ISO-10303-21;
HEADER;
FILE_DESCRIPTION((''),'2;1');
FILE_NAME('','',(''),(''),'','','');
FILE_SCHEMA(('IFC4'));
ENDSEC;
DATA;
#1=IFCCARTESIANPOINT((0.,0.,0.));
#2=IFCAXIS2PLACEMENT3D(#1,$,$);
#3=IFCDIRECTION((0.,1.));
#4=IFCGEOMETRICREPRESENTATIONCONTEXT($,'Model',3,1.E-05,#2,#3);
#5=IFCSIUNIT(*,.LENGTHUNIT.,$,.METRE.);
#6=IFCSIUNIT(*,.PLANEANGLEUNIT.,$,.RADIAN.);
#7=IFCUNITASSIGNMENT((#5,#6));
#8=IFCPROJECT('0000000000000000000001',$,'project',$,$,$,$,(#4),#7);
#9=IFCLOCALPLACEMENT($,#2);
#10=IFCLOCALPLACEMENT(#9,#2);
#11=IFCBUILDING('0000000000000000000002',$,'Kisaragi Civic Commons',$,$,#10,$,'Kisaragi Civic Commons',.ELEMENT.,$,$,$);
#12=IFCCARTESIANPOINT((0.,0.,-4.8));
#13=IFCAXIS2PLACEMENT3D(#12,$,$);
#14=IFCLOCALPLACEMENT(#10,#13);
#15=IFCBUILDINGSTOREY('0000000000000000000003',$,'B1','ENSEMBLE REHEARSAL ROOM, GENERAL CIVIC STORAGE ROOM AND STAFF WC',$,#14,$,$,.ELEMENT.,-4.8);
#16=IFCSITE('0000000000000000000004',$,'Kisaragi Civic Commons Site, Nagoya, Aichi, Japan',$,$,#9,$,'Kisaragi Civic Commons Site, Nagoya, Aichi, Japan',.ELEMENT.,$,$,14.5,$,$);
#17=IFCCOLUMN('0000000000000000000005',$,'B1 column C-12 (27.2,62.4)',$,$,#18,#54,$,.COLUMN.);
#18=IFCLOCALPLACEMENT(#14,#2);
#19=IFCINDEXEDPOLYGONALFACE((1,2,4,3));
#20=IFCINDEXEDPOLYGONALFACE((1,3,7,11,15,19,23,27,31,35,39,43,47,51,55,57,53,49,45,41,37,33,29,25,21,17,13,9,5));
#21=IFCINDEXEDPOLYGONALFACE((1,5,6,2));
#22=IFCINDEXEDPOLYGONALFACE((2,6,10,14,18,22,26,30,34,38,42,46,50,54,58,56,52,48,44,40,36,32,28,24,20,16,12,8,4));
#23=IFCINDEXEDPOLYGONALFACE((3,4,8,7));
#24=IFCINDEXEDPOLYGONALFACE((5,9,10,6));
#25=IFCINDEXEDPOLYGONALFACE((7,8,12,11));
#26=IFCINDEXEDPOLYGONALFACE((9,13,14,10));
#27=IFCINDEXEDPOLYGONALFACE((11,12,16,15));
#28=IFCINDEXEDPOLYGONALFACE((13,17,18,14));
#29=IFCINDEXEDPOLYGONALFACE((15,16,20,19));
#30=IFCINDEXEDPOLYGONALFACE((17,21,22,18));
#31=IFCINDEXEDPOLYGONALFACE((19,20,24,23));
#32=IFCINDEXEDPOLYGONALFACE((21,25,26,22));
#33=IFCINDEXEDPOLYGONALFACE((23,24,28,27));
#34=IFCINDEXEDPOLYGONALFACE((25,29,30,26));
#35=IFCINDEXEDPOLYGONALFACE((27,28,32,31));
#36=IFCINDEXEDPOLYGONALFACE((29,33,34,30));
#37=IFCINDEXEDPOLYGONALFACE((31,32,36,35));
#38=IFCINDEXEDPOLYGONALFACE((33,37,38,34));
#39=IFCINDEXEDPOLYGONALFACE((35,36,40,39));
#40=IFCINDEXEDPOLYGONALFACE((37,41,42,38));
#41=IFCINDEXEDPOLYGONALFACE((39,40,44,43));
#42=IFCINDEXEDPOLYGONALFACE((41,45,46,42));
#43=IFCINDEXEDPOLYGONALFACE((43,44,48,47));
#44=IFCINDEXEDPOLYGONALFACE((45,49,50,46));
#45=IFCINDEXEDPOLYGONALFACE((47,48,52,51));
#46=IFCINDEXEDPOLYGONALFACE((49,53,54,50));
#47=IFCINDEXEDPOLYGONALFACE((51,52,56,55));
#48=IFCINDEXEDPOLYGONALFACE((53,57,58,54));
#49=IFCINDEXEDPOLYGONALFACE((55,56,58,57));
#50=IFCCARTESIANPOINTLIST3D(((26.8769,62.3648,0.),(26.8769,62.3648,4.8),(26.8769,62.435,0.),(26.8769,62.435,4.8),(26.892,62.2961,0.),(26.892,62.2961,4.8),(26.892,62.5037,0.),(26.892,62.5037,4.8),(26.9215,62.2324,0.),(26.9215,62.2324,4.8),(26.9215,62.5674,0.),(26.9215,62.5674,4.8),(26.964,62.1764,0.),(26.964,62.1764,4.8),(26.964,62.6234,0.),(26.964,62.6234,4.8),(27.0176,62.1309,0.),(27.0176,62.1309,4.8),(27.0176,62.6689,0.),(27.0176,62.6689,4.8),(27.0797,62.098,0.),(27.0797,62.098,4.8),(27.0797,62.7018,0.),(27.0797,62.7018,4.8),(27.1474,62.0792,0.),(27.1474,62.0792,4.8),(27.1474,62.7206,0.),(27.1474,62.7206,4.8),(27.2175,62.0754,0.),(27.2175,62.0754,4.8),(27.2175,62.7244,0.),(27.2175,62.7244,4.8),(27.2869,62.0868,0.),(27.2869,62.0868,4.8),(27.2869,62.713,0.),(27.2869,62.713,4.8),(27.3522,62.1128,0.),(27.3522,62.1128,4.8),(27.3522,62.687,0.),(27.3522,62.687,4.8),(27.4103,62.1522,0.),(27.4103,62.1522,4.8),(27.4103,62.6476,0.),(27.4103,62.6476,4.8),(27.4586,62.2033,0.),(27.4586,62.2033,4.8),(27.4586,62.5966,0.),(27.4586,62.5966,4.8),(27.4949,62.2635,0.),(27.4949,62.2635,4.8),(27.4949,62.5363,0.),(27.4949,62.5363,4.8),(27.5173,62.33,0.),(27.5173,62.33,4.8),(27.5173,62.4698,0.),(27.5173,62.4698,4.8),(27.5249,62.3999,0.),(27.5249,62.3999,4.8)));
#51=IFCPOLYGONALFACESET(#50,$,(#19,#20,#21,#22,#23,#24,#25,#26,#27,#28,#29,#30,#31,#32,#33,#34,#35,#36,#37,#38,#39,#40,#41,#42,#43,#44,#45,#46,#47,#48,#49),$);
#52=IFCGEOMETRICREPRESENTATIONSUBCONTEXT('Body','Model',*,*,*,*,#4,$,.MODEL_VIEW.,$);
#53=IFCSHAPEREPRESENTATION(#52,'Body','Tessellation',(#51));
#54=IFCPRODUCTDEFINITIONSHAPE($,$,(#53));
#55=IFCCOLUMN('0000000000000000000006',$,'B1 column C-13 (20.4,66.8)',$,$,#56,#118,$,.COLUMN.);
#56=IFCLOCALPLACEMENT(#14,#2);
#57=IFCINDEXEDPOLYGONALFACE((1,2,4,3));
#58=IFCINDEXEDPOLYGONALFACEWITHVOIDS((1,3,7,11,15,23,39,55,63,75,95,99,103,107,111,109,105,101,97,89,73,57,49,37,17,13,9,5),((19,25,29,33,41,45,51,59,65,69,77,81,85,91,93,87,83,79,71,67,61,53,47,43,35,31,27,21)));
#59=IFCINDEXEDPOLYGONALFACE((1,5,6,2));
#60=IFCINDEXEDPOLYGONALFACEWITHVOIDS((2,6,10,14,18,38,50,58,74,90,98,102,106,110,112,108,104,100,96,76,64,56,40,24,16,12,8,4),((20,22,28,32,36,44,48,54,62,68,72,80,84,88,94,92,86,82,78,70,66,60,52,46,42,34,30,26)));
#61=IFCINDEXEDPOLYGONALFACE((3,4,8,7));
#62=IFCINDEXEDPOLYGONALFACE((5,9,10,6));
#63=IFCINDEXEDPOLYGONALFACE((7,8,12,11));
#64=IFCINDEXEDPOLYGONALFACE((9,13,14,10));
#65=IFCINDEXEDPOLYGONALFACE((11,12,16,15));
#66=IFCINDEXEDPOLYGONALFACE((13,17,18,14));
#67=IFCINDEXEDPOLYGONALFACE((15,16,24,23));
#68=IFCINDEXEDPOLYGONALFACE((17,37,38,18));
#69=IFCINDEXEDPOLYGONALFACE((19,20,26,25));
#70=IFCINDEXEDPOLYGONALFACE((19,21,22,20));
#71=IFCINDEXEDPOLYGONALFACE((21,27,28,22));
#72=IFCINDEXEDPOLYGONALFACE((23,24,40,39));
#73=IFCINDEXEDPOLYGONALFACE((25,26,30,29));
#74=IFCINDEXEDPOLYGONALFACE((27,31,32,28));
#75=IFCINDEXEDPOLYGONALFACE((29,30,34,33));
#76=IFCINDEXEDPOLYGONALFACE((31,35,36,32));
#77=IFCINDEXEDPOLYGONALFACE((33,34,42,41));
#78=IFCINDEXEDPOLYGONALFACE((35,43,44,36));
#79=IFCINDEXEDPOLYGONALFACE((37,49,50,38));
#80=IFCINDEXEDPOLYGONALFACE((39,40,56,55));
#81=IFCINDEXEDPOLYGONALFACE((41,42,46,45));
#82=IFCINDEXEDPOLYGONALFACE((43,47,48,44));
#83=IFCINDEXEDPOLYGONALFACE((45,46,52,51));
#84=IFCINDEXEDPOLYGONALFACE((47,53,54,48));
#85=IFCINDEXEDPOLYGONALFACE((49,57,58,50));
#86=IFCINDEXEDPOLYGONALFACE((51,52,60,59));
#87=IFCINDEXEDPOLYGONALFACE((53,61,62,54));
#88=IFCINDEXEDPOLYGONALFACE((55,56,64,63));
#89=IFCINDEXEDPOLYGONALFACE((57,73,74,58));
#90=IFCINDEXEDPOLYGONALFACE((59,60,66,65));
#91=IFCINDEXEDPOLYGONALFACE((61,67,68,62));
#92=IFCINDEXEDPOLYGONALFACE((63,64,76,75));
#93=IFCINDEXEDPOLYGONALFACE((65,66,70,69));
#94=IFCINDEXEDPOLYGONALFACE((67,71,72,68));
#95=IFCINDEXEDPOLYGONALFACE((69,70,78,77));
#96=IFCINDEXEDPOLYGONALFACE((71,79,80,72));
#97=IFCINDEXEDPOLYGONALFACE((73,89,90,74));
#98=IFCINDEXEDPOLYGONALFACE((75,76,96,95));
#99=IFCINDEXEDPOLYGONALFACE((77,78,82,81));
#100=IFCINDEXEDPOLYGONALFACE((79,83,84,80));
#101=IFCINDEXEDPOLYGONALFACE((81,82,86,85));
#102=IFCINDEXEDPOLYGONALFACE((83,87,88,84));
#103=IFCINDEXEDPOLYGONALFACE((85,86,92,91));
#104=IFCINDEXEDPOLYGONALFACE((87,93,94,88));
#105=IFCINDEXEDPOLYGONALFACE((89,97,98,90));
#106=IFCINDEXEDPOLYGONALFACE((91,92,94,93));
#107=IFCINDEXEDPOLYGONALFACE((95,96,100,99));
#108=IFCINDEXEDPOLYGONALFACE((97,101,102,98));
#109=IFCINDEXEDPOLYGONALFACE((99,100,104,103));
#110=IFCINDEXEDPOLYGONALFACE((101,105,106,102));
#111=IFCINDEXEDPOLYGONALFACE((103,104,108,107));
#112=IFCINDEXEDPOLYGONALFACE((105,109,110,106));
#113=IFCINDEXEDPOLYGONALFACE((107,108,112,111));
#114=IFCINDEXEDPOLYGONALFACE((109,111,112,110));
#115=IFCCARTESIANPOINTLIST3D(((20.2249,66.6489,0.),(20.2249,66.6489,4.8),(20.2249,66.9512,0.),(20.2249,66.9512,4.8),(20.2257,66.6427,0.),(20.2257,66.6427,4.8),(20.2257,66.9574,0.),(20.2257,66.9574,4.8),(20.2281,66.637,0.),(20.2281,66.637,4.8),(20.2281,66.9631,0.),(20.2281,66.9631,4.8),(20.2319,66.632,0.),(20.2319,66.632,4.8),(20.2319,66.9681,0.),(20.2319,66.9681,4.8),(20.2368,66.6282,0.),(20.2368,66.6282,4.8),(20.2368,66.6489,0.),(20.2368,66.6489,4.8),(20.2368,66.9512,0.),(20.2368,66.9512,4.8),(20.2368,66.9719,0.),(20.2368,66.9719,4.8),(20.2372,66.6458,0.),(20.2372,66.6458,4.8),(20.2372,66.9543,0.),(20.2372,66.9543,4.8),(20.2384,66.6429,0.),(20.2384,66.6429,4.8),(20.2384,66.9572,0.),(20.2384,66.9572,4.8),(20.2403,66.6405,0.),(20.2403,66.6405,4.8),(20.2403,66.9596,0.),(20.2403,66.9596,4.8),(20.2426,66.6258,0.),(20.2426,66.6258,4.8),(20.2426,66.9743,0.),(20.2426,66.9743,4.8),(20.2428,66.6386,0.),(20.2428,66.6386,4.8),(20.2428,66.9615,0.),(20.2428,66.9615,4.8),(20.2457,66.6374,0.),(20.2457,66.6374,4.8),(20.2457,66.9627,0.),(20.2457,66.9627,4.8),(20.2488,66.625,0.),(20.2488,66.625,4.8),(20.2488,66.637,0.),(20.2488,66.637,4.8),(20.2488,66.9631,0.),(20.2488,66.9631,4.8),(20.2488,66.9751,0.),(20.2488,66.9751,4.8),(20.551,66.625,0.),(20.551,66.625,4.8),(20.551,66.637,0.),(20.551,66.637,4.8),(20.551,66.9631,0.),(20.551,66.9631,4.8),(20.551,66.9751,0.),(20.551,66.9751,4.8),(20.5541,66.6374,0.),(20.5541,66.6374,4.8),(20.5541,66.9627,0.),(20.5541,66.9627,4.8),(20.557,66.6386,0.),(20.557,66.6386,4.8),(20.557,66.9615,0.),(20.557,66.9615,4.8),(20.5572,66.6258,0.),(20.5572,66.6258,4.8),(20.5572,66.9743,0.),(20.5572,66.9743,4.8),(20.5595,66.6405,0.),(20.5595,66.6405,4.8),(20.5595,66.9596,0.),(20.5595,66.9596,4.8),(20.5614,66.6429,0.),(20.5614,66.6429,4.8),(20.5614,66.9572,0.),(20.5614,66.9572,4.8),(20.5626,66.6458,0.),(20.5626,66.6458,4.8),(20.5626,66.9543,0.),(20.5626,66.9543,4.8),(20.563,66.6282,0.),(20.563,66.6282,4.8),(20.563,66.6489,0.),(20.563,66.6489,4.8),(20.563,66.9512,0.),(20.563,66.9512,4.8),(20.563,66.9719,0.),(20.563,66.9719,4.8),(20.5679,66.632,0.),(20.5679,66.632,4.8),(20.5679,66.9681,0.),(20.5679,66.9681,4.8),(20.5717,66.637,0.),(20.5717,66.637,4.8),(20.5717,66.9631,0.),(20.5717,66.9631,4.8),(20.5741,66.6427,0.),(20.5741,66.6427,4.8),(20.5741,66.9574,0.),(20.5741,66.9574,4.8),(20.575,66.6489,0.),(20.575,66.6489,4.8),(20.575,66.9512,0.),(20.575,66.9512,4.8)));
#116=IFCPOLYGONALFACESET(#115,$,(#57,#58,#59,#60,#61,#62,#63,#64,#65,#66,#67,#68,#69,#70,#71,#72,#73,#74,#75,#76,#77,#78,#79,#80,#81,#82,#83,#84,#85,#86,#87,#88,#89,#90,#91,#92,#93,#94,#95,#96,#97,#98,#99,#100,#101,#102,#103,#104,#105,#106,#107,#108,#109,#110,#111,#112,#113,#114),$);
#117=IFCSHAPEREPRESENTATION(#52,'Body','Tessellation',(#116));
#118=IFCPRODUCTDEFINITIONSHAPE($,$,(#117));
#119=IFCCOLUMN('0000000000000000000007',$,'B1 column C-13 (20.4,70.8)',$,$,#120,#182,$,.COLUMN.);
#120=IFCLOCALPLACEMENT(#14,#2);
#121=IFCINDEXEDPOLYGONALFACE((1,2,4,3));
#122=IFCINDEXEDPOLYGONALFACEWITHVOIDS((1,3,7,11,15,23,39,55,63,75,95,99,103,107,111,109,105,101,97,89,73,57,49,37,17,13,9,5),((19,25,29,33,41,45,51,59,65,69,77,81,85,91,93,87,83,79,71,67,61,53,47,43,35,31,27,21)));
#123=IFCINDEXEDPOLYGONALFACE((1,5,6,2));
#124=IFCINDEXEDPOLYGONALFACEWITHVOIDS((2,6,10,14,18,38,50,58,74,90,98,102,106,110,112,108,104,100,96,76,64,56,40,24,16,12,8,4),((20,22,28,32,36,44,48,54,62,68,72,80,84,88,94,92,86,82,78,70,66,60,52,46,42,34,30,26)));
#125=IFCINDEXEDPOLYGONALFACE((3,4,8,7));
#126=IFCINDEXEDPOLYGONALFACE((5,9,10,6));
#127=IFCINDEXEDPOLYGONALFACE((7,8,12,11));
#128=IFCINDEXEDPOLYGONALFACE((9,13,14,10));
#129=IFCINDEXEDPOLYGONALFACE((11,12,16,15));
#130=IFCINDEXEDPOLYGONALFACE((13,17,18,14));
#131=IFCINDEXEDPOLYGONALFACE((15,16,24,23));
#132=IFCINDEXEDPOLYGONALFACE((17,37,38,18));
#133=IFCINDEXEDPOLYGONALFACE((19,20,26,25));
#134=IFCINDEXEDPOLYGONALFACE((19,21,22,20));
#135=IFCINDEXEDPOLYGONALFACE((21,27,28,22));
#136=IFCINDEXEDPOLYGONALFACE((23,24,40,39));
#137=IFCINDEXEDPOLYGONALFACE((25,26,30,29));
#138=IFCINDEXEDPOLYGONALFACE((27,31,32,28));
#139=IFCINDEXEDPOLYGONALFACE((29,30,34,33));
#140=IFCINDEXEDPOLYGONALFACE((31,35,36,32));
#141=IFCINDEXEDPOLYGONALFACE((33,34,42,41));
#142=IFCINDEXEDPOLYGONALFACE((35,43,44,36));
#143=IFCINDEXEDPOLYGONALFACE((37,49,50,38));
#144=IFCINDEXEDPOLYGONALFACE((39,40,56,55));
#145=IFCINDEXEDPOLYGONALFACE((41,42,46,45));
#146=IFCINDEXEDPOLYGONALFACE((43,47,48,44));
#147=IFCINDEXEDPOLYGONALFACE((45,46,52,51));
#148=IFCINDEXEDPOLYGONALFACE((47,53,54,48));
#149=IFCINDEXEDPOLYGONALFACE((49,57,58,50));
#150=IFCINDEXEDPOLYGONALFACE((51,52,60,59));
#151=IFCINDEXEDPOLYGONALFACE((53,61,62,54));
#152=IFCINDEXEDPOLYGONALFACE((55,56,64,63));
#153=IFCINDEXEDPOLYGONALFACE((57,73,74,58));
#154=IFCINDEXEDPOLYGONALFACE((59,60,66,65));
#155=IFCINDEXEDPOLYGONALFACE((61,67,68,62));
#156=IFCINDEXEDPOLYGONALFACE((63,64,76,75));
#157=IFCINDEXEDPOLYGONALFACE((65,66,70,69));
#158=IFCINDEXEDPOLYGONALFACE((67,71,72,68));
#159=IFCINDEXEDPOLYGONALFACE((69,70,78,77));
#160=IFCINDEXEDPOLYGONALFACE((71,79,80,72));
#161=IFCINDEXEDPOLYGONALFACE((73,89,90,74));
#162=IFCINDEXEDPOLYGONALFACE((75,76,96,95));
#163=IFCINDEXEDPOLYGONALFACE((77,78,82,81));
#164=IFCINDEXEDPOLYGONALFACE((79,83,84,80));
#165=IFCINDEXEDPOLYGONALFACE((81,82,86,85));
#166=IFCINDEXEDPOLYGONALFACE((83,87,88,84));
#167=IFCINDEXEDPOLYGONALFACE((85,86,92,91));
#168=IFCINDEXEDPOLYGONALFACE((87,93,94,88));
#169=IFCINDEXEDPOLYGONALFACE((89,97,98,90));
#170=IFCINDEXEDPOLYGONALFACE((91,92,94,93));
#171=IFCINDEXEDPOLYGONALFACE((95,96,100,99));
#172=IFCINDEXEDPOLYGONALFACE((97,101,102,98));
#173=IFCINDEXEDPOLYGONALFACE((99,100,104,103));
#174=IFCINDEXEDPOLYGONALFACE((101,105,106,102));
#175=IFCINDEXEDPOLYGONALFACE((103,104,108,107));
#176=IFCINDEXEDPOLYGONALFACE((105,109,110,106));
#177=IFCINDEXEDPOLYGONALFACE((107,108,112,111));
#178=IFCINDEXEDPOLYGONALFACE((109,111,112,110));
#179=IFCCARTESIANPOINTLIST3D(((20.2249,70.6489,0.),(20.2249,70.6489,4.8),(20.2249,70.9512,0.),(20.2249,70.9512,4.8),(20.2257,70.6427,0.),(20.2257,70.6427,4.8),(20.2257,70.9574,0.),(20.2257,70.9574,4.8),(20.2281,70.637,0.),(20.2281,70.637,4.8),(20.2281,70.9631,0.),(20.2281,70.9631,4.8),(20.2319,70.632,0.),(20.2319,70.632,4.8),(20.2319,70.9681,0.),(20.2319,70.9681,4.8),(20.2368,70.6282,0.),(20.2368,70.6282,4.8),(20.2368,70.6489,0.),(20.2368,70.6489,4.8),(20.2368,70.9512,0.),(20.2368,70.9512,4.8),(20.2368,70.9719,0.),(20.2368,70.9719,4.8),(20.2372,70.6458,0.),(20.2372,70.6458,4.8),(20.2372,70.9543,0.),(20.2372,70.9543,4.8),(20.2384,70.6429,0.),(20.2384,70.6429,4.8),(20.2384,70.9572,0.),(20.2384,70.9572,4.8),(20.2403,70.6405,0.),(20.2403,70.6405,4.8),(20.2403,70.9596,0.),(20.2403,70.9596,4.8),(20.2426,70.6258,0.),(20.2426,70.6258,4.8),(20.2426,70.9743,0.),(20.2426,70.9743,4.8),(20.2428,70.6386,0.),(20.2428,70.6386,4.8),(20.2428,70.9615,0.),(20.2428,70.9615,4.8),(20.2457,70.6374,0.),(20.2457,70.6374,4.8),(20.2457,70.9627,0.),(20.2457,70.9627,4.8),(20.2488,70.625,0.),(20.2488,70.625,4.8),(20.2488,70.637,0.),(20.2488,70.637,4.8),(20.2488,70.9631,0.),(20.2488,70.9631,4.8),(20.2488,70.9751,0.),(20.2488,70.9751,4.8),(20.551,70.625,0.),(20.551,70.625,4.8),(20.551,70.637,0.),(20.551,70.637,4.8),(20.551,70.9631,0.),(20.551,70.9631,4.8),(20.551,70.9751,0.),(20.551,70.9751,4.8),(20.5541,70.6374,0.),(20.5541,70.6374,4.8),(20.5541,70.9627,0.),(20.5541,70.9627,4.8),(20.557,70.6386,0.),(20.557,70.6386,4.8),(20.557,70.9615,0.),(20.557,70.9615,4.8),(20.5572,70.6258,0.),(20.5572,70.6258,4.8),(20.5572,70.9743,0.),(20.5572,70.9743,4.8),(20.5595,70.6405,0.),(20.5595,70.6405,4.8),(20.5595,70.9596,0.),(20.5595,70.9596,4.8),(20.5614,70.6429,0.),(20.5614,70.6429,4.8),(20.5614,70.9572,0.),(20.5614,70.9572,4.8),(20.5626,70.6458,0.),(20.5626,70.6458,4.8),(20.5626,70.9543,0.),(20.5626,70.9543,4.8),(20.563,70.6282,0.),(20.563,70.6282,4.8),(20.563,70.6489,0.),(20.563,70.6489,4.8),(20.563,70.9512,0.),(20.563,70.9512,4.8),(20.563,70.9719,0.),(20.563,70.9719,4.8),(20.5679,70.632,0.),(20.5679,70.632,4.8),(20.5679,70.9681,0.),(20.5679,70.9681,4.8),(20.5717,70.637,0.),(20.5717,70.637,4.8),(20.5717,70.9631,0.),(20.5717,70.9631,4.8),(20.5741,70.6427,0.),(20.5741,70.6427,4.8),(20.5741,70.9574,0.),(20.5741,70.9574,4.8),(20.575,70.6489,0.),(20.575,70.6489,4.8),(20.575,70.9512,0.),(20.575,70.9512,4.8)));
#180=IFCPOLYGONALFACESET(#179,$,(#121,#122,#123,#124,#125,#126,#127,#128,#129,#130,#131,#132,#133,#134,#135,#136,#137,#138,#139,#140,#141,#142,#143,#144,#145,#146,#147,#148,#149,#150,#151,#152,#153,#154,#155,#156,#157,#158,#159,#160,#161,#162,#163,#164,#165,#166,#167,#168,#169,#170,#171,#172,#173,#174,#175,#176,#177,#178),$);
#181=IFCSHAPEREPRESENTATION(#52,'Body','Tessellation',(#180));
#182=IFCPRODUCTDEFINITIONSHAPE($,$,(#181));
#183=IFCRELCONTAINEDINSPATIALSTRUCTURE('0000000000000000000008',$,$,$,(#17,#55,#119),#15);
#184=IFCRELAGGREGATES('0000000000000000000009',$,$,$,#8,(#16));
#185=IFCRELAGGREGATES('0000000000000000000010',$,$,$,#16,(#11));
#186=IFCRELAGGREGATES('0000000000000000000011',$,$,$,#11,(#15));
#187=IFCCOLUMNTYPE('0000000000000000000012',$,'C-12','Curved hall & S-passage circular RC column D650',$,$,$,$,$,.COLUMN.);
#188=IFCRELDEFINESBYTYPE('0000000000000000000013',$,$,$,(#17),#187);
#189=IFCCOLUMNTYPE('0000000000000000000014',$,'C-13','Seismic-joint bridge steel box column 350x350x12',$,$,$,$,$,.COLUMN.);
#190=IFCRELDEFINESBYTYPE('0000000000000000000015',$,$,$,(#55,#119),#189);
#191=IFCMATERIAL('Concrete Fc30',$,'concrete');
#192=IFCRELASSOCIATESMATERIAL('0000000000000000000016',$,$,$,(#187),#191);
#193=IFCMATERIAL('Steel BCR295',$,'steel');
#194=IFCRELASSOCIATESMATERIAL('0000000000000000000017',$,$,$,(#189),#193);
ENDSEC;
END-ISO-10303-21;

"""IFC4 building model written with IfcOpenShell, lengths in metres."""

from ifc_helpers import new_model, si_unit, direction, frame, origin, origin_2d, place, context, subcontext, project, spatial, hollow_rectangle, circle, extrude, material, material_profile, profile_set, type_object, element, save


model = new_model("IFC4")

# Units and contexts
model_context = context("Model", 3, precision=1e-05, world=origin(), true_north=direction((0.0, 1.0)))
body_context = subcontext(model_context, "Body", "Model", "MODEL_VIEW")
ifc_project = project(units=[si_unit("LENGTHUNIT", "METRE"), si_unit("PLANEANGLEUNIT", "RADIAN")], contexts=[model_context])

# Site, building, storey
site_placement = place(None, origin())
site = spatial("IfcSite", under=ifc_project, at=site_placement, Name="Kisaragi Civic Commons Site, Nagoya, Aichi, Japan", LongName="Kisaragi Civic Commons Site, Nagoya, Aichi, Japan", CompositionType="ELEMENT", RefElevation=14.5)
building_placement = place(site_placement, origin())
building = spatial("IfcBuilding", under=site, at=building_placement, Name="Kisaragi Civic Commons", LongName="Kisaragi Civic Commons", CompositionType="ELEMENT")
storey_placement = place(building_placement, frame((0.0, 0.0, -4.8)))
storey = spatial("IfcBuildingStorey", under=building, at=storey_placement, Name="B1", Description="ENSEMBLE REHEARSAL ROOM, GENERAL CIVIC STORAGE ROOM AND STAFF WC", CompositionType="ELEMENT", Elevation=-4.8)

# Columns
ifc_material_1 = material(Name="Concrete Fc30", Category="concrete")
ifc_material_profile_1 = material_profile(ifc_material_1, circle(Radius=0.325, at=origin_2d()), Name="RC-D650", Category="concrete")
ifc_profile_set_1 = profile_set([ifc_material_profile_1], Name="Concrete Fc30")
column_type_1 = type_object("IfcColumnType", Name="C-12", Description="Curved hall & S-passage circular RC column D650", PredefinedType="COLUMN", material=ifc_profile_set_1)
column_1_placement = place(storey_placement, frame((27.2, 62.3999, 0.0), z_axis=(0.0, 0.0, 1.0), x_axis=(1.0, 0.0, 0.0)))
element("IfcColumn", 1, at=column_1_placement, inside=storey, type_object=column_type_1, Name="B1 column C-12 (27.2,62.4)", PredefinedType="COLUMN", context=body_context, shape_type="SweptSolid", body=[
    extrude(circle(Radius=0.325, at=origin_2d()), origin(), (0.0, 0.0, 1.0), 4.8),
])
ifc_material_2 = material(Name="Steel BCR295", Category="steel")
ifc_material_profile_2 = material_profile(ifc_material_2, hollow_rectangle(XDim=0.3501, YDim=0.3501, WallThickness=0.012, InnerFilletRadius=0.012, OuterFilletRadius=0.0239, at=origin_2d()), Name="BCR-350x350x12", Category="steel")
ifc_profile_set_2 = profile_set([ifc_material_profile_2], Name="Steel BCR295")
column_type_2 = type_object("IfcColumnType", Name="C-13", Description="Seismic-joint bridge steel box column 350x350x12", PredefinedType="COLUMN", material=ifc_profile_set_2)
for number, where, z_axis, x_axis, name in (
    (2, (20.3999, 66.8, 0.0), (0.0, 0.0, 1.0), (1.0, 0.0, 0.0), "B1 column C-13 (20.4,66.8)"),
    (3, (20.3999, 70.8, 0.0), (0.0, 0.0, 1.0), (1.0, 0.0, 0.0), "B1 column C-13 (20.4,70.8)"),
):
    element("IfcColumn", number, at=place(storey_placement, frame(where, z_axis=z_axis, x_axis=x_axis)), inside=storey, type_object=column_type_2, Name=name, PredefinedType="COLUMN", context=body_context, shape_type="SweptSolid", body=[
        extrude(hollow_rectangle(XDim=0.3501, YDim=0.3501, WallThickness=0.012, InnerFilletRadius=0.012, OuterFilletRadius=0.0239, at=origin_2d()), origin(), (0.0, 0.0, 1.0), 4.8),
    ])

save(model, "model.ifc")
